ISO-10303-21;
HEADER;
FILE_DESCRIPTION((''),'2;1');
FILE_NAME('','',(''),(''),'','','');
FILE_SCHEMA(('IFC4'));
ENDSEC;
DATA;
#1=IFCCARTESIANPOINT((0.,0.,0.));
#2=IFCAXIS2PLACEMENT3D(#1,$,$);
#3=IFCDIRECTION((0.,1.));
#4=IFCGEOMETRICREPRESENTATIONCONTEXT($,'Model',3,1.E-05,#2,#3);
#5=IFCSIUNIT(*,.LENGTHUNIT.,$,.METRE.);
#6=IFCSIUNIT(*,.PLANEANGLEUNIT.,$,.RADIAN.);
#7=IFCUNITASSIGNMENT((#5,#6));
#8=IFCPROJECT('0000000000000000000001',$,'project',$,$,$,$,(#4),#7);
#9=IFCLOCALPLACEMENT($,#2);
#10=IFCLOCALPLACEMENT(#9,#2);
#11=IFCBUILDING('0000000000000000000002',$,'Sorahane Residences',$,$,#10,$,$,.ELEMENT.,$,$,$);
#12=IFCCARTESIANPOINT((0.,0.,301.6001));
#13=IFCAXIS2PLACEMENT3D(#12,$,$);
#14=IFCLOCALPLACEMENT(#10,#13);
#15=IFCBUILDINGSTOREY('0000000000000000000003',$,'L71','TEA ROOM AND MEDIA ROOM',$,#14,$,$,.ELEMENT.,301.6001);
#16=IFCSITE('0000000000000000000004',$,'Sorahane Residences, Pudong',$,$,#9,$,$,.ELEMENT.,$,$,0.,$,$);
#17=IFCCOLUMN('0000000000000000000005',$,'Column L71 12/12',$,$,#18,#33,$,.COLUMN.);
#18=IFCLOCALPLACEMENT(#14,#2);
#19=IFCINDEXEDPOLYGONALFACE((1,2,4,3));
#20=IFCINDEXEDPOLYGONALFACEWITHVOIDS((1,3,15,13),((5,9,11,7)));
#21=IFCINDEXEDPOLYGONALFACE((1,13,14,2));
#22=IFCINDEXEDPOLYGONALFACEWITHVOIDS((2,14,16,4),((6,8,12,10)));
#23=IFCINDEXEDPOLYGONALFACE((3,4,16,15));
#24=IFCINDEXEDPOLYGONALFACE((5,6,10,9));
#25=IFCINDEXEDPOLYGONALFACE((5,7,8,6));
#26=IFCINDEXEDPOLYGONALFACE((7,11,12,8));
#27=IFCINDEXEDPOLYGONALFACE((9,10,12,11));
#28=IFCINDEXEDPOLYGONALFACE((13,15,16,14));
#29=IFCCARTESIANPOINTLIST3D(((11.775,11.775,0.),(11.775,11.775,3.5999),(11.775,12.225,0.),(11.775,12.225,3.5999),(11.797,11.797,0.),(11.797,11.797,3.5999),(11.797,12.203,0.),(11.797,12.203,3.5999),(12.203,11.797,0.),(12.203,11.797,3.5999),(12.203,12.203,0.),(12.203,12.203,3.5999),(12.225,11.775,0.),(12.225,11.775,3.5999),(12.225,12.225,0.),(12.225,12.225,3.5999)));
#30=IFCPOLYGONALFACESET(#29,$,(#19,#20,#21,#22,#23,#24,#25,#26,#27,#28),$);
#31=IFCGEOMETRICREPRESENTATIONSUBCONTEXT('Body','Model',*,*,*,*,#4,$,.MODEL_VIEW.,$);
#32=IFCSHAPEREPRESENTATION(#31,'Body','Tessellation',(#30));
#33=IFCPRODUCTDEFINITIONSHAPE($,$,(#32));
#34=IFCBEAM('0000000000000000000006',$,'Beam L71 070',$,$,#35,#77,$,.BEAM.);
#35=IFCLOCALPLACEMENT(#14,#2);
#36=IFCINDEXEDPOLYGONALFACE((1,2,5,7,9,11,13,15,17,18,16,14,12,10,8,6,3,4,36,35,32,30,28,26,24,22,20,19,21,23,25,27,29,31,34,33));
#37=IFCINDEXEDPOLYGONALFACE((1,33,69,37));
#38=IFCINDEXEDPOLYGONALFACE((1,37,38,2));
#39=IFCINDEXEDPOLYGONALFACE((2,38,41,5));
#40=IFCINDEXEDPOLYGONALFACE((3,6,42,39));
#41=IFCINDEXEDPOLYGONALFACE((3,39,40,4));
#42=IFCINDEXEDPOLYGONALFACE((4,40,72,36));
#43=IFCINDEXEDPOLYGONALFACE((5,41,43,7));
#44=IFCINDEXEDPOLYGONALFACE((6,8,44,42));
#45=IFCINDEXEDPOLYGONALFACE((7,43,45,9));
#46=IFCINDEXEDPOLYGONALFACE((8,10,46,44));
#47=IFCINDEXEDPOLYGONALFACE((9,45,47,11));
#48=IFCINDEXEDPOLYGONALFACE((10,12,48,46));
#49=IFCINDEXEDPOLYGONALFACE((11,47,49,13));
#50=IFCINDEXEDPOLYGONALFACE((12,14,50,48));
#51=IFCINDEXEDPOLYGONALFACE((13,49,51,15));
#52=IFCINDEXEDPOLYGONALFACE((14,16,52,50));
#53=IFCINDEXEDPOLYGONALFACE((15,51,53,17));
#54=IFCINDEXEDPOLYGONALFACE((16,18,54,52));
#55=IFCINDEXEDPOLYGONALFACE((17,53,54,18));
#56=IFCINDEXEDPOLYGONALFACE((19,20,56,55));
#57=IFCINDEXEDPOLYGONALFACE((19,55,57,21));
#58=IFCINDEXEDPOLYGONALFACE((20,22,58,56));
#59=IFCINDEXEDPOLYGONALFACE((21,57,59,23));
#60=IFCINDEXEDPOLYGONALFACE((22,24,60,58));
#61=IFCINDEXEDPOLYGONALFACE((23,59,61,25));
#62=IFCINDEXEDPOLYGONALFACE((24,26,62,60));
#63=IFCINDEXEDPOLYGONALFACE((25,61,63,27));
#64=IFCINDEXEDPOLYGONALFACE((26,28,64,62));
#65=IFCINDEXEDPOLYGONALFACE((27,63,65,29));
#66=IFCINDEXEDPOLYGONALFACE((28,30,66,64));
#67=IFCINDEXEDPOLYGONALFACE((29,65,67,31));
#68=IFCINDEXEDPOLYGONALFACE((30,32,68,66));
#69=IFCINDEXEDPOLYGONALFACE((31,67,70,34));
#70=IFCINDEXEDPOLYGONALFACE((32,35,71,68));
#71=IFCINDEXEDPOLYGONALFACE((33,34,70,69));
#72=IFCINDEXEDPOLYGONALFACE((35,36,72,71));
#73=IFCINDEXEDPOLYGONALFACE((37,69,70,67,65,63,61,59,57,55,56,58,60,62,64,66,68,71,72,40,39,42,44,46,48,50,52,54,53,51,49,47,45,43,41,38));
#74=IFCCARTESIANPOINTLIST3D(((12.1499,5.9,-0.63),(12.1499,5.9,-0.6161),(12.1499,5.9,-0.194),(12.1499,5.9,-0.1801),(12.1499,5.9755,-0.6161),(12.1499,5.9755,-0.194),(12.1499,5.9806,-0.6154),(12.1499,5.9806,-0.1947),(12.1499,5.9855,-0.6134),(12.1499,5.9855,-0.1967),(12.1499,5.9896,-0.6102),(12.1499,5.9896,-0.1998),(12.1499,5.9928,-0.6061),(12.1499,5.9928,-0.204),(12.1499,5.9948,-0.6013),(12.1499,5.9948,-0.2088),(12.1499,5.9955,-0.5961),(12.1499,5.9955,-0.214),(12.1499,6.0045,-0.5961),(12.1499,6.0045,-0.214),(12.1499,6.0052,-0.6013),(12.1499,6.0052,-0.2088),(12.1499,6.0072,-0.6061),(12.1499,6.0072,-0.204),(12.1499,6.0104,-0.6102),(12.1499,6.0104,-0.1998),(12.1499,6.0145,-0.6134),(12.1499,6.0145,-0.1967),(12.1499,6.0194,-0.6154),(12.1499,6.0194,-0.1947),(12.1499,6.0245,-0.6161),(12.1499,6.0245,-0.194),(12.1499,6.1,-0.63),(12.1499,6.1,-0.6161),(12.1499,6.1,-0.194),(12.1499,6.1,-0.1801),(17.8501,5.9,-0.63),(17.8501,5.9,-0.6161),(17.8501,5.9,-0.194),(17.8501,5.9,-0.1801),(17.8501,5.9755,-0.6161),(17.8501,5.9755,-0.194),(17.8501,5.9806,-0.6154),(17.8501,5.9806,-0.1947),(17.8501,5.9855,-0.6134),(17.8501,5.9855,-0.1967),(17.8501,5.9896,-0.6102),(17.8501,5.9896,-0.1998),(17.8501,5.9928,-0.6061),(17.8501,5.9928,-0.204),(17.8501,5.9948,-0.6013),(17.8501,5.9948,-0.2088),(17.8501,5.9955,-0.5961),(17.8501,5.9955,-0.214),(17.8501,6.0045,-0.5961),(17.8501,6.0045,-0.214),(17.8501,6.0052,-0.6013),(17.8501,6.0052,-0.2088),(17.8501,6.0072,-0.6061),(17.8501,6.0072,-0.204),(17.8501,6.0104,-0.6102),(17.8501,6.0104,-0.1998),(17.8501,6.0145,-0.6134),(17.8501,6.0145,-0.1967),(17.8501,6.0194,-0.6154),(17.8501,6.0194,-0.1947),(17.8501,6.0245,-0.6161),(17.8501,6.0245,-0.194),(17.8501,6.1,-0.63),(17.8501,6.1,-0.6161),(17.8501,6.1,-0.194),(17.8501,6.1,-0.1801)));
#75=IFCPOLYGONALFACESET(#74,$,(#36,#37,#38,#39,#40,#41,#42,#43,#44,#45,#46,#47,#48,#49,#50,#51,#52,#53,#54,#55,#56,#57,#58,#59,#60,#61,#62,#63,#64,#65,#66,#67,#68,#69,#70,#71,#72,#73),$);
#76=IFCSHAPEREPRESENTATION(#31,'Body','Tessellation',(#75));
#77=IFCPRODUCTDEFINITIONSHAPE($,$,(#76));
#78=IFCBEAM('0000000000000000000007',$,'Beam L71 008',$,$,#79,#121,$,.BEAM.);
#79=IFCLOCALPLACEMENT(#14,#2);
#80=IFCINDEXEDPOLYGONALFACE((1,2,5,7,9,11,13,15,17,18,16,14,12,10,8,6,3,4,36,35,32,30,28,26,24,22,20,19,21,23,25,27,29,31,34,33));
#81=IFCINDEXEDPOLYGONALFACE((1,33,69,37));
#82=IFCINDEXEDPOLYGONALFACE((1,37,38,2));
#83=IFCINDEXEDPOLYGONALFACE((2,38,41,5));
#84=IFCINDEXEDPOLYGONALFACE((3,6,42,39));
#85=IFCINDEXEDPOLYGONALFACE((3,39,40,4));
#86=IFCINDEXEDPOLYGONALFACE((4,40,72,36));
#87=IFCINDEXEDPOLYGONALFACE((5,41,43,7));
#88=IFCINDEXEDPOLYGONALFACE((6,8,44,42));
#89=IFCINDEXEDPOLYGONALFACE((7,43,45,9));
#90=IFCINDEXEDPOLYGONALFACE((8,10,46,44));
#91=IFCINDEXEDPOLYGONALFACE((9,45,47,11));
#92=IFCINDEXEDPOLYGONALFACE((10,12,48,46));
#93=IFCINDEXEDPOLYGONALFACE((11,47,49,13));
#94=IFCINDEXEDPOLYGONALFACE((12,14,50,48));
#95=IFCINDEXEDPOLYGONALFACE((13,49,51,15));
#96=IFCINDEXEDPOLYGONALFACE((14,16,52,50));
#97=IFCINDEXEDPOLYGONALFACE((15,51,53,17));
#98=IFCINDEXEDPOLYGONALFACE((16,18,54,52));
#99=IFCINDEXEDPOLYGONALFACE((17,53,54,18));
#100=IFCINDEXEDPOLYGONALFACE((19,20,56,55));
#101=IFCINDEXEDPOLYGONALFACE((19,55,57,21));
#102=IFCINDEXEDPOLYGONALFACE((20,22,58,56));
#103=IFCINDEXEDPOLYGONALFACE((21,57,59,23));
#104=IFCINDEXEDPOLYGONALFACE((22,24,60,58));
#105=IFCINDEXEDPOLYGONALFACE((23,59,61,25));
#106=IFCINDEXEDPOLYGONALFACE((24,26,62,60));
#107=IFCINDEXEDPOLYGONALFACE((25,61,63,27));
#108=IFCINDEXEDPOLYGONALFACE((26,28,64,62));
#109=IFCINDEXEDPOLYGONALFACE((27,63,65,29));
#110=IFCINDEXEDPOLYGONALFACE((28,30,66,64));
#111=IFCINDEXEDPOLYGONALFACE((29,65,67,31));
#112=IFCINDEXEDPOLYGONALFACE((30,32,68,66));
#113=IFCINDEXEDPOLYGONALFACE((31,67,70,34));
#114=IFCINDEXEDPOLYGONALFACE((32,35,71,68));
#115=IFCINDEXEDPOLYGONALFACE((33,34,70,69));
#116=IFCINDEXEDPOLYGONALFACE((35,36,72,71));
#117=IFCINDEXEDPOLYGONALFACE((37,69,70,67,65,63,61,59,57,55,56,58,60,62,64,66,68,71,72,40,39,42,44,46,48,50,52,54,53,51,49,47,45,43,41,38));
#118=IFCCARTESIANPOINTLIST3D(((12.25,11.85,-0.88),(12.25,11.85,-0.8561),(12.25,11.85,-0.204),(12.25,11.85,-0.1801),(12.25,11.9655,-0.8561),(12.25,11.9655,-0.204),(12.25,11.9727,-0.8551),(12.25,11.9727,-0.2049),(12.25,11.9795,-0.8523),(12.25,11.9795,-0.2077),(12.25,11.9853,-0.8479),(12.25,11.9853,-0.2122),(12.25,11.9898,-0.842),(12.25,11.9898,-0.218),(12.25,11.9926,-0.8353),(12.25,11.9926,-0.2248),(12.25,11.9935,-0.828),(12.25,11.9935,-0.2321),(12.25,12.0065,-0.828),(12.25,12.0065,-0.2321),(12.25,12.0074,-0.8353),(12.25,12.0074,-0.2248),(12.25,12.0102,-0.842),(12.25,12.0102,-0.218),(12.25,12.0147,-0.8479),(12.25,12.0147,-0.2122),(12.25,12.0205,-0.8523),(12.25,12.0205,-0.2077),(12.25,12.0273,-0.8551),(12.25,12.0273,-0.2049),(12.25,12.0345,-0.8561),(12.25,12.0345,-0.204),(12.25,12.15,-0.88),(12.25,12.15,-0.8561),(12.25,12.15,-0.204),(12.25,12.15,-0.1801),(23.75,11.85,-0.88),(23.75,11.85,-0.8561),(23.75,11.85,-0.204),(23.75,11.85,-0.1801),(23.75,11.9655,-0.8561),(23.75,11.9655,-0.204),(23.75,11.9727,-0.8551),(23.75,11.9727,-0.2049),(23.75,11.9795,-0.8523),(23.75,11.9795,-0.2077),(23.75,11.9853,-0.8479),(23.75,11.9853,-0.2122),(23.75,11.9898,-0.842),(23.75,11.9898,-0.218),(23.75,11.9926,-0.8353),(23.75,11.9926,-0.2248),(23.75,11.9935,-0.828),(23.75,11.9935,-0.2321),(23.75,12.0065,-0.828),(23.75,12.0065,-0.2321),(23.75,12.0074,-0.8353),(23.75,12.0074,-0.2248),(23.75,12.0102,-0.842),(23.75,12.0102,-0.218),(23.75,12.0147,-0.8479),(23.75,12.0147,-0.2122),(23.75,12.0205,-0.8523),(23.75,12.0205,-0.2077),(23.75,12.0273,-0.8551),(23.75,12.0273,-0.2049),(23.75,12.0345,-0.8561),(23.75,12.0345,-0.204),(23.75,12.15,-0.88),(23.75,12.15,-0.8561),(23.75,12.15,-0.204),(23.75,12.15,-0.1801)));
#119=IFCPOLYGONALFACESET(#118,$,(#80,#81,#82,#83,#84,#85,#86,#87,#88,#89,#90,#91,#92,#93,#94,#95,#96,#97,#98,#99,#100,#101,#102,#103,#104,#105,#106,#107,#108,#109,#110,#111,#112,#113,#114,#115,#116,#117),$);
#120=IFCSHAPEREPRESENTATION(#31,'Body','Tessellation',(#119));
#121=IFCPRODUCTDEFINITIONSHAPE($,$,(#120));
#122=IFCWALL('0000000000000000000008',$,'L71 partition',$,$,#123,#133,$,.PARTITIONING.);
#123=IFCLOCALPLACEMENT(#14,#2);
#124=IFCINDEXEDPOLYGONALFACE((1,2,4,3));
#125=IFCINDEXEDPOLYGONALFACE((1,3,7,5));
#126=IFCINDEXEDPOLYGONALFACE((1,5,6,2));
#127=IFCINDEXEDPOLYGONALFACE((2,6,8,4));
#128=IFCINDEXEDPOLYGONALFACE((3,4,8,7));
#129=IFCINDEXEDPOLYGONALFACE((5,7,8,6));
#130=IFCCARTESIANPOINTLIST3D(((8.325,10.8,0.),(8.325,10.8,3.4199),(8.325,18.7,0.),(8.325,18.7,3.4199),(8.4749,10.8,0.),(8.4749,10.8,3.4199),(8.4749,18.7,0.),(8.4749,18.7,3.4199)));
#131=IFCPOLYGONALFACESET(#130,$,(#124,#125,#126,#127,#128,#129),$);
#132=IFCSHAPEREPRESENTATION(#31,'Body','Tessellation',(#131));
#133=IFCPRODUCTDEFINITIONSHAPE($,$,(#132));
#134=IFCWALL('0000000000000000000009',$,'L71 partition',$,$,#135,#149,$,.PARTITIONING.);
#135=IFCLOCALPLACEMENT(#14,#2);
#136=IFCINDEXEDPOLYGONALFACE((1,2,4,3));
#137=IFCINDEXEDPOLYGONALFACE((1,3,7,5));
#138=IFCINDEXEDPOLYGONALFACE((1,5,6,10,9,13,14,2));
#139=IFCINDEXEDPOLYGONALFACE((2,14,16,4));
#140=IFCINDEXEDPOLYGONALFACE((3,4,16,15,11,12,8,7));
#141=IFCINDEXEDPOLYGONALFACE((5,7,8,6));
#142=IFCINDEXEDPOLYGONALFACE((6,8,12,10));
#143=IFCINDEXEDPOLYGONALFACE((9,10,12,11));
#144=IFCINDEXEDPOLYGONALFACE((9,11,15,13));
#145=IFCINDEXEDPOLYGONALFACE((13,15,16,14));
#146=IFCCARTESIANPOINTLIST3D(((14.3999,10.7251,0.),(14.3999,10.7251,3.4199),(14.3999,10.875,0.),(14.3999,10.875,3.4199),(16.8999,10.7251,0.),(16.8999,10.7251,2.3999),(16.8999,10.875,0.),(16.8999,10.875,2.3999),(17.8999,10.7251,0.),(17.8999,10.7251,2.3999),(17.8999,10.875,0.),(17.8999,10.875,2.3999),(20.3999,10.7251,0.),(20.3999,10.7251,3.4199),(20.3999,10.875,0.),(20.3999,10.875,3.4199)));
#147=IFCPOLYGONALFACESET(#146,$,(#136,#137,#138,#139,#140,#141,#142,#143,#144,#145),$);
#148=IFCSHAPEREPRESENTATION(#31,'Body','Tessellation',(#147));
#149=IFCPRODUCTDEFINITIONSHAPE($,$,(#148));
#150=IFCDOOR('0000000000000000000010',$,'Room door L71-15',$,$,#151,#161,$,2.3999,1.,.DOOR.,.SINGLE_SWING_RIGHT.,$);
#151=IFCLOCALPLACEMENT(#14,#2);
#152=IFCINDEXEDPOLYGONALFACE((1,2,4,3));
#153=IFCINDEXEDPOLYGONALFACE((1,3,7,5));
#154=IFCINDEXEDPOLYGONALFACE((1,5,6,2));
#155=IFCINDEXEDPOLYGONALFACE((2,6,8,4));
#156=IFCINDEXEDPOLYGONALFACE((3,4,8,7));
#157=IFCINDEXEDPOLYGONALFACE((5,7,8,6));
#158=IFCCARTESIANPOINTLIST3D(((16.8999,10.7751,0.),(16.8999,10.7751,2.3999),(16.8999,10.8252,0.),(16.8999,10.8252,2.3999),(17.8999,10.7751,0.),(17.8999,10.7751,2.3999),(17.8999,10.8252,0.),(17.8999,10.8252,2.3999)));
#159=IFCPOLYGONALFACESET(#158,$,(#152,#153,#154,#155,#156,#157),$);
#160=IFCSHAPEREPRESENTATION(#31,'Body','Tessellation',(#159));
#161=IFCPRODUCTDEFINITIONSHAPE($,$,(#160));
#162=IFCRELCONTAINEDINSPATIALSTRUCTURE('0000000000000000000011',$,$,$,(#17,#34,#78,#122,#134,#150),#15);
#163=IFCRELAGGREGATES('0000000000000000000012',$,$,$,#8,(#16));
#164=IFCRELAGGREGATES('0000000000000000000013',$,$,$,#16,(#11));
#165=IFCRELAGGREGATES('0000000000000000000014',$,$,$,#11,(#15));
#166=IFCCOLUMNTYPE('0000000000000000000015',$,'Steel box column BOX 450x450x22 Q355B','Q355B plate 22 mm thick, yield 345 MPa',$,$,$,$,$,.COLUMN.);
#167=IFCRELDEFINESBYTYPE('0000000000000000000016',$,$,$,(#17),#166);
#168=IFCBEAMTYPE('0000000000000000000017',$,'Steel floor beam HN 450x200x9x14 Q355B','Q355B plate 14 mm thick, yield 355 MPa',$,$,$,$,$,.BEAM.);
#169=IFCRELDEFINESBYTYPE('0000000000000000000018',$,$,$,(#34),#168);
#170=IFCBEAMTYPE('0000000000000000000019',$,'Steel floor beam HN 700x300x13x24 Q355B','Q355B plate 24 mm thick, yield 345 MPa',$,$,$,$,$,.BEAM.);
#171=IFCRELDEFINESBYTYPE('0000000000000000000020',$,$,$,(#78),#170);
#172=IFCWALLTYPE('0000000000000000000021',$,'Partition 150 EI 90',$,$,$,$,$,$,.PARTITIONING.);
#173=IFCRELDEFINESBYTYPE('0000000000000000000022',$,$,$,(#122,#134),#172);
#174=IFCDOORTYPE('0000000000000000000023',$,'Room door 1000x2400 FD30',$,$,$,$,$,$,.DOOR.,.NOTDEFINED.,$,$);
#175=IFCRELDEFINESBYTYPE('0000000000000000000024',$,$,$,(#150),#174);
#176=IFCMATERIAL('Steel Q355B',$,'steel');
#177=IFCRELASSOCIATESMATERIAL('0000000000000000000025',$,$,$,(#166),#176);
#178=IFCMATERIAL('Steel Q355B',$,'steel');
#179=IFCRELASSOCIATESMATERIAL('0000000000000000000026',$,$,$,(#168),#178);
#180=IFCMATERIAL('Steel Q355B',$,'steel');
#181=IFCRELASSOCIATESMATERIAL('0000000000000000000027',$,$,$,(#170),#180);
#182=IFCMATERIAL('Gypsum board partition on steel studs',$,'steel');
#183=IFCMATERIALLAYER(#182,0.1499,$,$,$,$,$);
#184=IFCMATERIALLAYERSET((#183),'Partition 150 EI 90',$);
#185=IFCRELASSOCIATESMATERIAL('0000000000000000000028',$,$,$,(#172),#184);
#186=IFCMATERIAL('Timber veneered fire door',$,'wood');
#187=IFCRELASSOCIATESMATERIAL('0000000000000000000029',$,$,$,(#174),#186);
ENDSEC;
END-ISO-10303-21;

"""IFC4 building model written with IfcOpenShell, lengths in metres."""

from ifc_helpers import new_model, si_unit, direction, frame, frame_2d, origin, origin_2d, place, context, subcontext, project, spatial, rectangle, hollow_rectangle, i_section, extrude, material, layer, layer_set, material_profile, profile_set, type_object, element, fill, save


model = new_model("IFC4")

# Units and contexts
model_context = context("Model", 3, precision=1e-05, world=origin(), true_north=direction((0.0, 1.0)))
body_context = subcontext(model_context, "Body", "Model", "MODEL_VIEW")
ifc_project = project(units=[si_unit("LENGTHUNIT", "METRE"), si_unit("PLANEANGLEUNIT", "RADIAN")], contexts=[model_context])

# Site, building, storey
site_placement = place(None, origin())
site = spatial("IfcSite", under=ifc_project, at=site_placement, Name="Sorahane Residences, Pudong", CompositionType="ELEMENT", RefElevation=0.0)
building_placement = place(site_placement, origin())
building = spatial("IfcBuilding", under=site, at=building_placement, Name="Sorahane Residences", CompositionType="ELEMENT")
storey_placement = place(building_placement, frame((0.0, 0.0, 301.6001)))
storey = spatial("IfcBuildingStorey", under=building, at=storey_placement, Name="L71", Description="TEA ROOM AND MEDIA ROOM", CompositionType="ELEMENT", Elevation=301.6001)

# Column
ifc_material_1 = material(Name="Steel Q355B", Category="steel")
ifc_material_profile_1 = material_profile(ifc_material_1, hollow_rectangle(XDim=0.45, YDim=0.45, WallThickness=0.022, at=origin_2d()), Name="BOX 450x450x22")
ifc_profile_set_1 = profile_set([ifc_material_profile_1], Name="Steel Q355B")
column_type = type_object("IfcColumnType", Name="Steel box column BOX 450x450x22 Q355B", Description="Q355B plate 22 mm thick, yield 345 MPa", PredefinedType="COLUMN", material=ifc_profile_set_1)
column_placement = place(storey_placement, frame((12.0, 12.0, 0.0), z_axis=(0.0, 0.0, 1.0), x_axis=(1.0, 0.0, 0.0)))
element("IfcColumn", 1, at=column_placement, inside=storey, type_object=column_type, Name="Column L71 12/12", PredefinedType="COLUMN", context=body_context, shape_type="SweptSolid", body=[
    extrude(hollow_rectangle(XDim=0.45, YDim=0.45, WallThickness=0.022, at=origin_2d()), origin(), (0.0, 0.0, 1.0), 3.5999),
])

# Beams
ifc_material_2 = material(Name="Steel Q355B", Category="steel")
ifc_material_profile_2 = material_profile(ifc_material_2, i_section(OverallWidth=0.2, OverallDepth=0.45, WebThickness=0.009, FlangeThickness=0.0139, FilletRadius=0.02, at=origin_2d()), Name="HN 450x200x9x14")
ifc_profile_set_2 = profile_set([ifc_material_profile_2], Name="Steel Q355B")
beam_type_1 = type_object("IfcBeamType", Name="Steel floor beam HN 450x200x9x14 Q355B", Description="Q355B plate 14 mm thick, yield 355 MPa", PredefinedType="BEAM", material=ifc_profile_set_2)
beam_1_placement = place(storey_placement, frame((12.1499, 6.0, -0.405), z_axis=(1.0, 0.0, 0.0), x_axis=(0.0, 1.0, 0.0)))
element("IfcBeam", 2, at=beam_1_placement, inside=storey, type_object=beam_type_1, Name="Beam L71 070", PredefinedType="BEAM", context=body_context, shape_type="SweptSolid", body=[
    extrude(i_section(OverallWidth=0.2, OverallDepth=0.45, WebThickness=0.009, FlangeThickness=0.0139, FilletRadius=0.02, at=origin_2d()), origin(), (0.0, 0.0, 1.0), 5.7002),
])
ifc_material_3 = material(Name="Steel Q355B", Category="steel")
ifc_material_profile_3 = material_profile(ifc_material_3, i_section(OverallWidth=0.3, OverallDepth=0.7, WebThickness=0.0129, FlangeThickness=0.0239, FilletRadius=0.0281, at=origin_2d()), Name="HN 700x300x13x24")
ifc_profile_set_3 = profile_set([ifc_material_profile_3], Name="Steel Q355B")
beam_type_2 = type_object("IfcBeamType", Name="Steel floor beam HN 700x300x13x24 Q355B", Description="Q355B plate 24 mm thick, yield 345 MPa", PredefinedType="BEAM", material=ifc_profile_set_3)
beam_2_placement = place(storey_placement, frame((12.25, 12.0, -0.53), z_axis=(1.0, 0.0, 0.0), x_axis=(0.0, 1.0, 0.0)))
element("IfcBeam", 3, at=beam_2_placement, inside=storey, type_object=beam_type_2, Name="Beam L71 008", PredefinedType="BEAM", context=body_context, shape_type="SweptSolid", body=[
    extrude(i_section(OverallWidth=0.3, OverallDepth=0.7, WebThickness=0.0129, FlangeThickness=0.0239, FilletRadius=0.0281, at=origin_2d()), origin(), (0.0, 0.0, 1.0), 11.5),
])

# Wall
ifc_material_4 = material(Name="Gypsum board partition on steel studs", Category="steel")
ifc_layer_1 = layer(ifc_material_4, 0.1499)
ifc_layer_set_1 = layer_set([ifc_layer_1], Name="Partition 150 EI 90")
wall_type_1 = type_object("IfcWallType", Name="Partition 150 EI 90", PredefinedType="PARTITIONING", material=ifc_layer_set_1)
wall_1_placement = place(storey_placement, frame((8.3999, 10.8, 0.0), z_axis=(0.0, 0.0, 1.0), x_axis=(0.0, 1.0, 0.0)))
element("IfcWall", 4, at=wall_1_placement, inside=storey, type_object=wall_type_1, Name="L71 partition", PredefinedType="PARTITIONING", context=body_context, shape_type="SweptSolid", body=[
    extrude(rectangle(XDim=7.8999, YDim=0.1499, at=frame_2d((3.95, 0.0))), origin(), (0.0, 0.0, 1.0), 3.4199),
])

# Wall, opening, door
wall_2_placement = place(storey_placement, frame((14.3999, 10.8, 0.0), z_axis=(0.0, 0.0, 1.0), x_axis=(1.0, 0.0, 0.0)))
wall_2 = element("IfcWall", 5, at=wall_2_placement, inside=storey, type_object=wall_type_1, Name="L71 partition", PredefinedType="PARTITIONING", context=body_context, shape_type="SweptSolid", body=[
    extrude(rectangle(XDim=6.0, YDim=0.1499, at=frame_2d((3.0, 0.0))), origin(), (0.0, 0.0, 1.0), 3.4199),
])
opening_1_placement = place(wall_2_placement, frame((2.5, 0.0, 0.0)))
opening_1 = element("IfcOpeningElement", 6, at=opening_1_placement, cuts=wall_2, PredefinedType="OPENING", context=body_context, shape_type="SweptSolid", body=[
    extrude(rectangle(XDim=1.0, YDim=2.3999, at=frame_2d((0.5, 1.2))), frame((0.0, 0.085, 0.0), z_axis=(0.0, -1.0, 0.0), x_axis=(1.0, 0.0, 0.0)), (0.0, 0.0, 1.0), 0.1699),
])
ifc_material_5 = material(Name="Timber veneered fire door", Category="wood")
door_type_1 = type_object("IfcDoorType", Name="Room door 1000x2400 FD30", OperationType="NOTDEFINED", PredefinedType="DOOR", material=ifc_material_5)
door_1_placement = place(opening_1_placement, frame((1.0, 0.0, 0.0), z_axis=(0.0, 0.0, 1.0), x_axis=(-1.0, 0.0, 0.0)))
door_1 = element("IfcDoor", 7, at=door_1_placement, inside=storey, type_object=door_type_1, Name="Room door L71-15", OperationType="SINGLE_SWING_RIGHT", OverallHeight=2.3999, OverallWidth=1.0, PredefinedType="DOOR", context=body_context, shape_type="SweptSolid", body=[
    extrude(rectangle(XDim=1.0, YDim=2.3999, at=frame_2d((0.5, 1.2))), frame((0.0, 0.0249, 0.0), z_axis=(0.0, -1.0, 0.0), x_axis=(1.0, 0.0, 0.0)), (0.0, 0.0, 1.0), 0.05),
])
fill(opening_1, door_1)

save(model, "model.ifc")
